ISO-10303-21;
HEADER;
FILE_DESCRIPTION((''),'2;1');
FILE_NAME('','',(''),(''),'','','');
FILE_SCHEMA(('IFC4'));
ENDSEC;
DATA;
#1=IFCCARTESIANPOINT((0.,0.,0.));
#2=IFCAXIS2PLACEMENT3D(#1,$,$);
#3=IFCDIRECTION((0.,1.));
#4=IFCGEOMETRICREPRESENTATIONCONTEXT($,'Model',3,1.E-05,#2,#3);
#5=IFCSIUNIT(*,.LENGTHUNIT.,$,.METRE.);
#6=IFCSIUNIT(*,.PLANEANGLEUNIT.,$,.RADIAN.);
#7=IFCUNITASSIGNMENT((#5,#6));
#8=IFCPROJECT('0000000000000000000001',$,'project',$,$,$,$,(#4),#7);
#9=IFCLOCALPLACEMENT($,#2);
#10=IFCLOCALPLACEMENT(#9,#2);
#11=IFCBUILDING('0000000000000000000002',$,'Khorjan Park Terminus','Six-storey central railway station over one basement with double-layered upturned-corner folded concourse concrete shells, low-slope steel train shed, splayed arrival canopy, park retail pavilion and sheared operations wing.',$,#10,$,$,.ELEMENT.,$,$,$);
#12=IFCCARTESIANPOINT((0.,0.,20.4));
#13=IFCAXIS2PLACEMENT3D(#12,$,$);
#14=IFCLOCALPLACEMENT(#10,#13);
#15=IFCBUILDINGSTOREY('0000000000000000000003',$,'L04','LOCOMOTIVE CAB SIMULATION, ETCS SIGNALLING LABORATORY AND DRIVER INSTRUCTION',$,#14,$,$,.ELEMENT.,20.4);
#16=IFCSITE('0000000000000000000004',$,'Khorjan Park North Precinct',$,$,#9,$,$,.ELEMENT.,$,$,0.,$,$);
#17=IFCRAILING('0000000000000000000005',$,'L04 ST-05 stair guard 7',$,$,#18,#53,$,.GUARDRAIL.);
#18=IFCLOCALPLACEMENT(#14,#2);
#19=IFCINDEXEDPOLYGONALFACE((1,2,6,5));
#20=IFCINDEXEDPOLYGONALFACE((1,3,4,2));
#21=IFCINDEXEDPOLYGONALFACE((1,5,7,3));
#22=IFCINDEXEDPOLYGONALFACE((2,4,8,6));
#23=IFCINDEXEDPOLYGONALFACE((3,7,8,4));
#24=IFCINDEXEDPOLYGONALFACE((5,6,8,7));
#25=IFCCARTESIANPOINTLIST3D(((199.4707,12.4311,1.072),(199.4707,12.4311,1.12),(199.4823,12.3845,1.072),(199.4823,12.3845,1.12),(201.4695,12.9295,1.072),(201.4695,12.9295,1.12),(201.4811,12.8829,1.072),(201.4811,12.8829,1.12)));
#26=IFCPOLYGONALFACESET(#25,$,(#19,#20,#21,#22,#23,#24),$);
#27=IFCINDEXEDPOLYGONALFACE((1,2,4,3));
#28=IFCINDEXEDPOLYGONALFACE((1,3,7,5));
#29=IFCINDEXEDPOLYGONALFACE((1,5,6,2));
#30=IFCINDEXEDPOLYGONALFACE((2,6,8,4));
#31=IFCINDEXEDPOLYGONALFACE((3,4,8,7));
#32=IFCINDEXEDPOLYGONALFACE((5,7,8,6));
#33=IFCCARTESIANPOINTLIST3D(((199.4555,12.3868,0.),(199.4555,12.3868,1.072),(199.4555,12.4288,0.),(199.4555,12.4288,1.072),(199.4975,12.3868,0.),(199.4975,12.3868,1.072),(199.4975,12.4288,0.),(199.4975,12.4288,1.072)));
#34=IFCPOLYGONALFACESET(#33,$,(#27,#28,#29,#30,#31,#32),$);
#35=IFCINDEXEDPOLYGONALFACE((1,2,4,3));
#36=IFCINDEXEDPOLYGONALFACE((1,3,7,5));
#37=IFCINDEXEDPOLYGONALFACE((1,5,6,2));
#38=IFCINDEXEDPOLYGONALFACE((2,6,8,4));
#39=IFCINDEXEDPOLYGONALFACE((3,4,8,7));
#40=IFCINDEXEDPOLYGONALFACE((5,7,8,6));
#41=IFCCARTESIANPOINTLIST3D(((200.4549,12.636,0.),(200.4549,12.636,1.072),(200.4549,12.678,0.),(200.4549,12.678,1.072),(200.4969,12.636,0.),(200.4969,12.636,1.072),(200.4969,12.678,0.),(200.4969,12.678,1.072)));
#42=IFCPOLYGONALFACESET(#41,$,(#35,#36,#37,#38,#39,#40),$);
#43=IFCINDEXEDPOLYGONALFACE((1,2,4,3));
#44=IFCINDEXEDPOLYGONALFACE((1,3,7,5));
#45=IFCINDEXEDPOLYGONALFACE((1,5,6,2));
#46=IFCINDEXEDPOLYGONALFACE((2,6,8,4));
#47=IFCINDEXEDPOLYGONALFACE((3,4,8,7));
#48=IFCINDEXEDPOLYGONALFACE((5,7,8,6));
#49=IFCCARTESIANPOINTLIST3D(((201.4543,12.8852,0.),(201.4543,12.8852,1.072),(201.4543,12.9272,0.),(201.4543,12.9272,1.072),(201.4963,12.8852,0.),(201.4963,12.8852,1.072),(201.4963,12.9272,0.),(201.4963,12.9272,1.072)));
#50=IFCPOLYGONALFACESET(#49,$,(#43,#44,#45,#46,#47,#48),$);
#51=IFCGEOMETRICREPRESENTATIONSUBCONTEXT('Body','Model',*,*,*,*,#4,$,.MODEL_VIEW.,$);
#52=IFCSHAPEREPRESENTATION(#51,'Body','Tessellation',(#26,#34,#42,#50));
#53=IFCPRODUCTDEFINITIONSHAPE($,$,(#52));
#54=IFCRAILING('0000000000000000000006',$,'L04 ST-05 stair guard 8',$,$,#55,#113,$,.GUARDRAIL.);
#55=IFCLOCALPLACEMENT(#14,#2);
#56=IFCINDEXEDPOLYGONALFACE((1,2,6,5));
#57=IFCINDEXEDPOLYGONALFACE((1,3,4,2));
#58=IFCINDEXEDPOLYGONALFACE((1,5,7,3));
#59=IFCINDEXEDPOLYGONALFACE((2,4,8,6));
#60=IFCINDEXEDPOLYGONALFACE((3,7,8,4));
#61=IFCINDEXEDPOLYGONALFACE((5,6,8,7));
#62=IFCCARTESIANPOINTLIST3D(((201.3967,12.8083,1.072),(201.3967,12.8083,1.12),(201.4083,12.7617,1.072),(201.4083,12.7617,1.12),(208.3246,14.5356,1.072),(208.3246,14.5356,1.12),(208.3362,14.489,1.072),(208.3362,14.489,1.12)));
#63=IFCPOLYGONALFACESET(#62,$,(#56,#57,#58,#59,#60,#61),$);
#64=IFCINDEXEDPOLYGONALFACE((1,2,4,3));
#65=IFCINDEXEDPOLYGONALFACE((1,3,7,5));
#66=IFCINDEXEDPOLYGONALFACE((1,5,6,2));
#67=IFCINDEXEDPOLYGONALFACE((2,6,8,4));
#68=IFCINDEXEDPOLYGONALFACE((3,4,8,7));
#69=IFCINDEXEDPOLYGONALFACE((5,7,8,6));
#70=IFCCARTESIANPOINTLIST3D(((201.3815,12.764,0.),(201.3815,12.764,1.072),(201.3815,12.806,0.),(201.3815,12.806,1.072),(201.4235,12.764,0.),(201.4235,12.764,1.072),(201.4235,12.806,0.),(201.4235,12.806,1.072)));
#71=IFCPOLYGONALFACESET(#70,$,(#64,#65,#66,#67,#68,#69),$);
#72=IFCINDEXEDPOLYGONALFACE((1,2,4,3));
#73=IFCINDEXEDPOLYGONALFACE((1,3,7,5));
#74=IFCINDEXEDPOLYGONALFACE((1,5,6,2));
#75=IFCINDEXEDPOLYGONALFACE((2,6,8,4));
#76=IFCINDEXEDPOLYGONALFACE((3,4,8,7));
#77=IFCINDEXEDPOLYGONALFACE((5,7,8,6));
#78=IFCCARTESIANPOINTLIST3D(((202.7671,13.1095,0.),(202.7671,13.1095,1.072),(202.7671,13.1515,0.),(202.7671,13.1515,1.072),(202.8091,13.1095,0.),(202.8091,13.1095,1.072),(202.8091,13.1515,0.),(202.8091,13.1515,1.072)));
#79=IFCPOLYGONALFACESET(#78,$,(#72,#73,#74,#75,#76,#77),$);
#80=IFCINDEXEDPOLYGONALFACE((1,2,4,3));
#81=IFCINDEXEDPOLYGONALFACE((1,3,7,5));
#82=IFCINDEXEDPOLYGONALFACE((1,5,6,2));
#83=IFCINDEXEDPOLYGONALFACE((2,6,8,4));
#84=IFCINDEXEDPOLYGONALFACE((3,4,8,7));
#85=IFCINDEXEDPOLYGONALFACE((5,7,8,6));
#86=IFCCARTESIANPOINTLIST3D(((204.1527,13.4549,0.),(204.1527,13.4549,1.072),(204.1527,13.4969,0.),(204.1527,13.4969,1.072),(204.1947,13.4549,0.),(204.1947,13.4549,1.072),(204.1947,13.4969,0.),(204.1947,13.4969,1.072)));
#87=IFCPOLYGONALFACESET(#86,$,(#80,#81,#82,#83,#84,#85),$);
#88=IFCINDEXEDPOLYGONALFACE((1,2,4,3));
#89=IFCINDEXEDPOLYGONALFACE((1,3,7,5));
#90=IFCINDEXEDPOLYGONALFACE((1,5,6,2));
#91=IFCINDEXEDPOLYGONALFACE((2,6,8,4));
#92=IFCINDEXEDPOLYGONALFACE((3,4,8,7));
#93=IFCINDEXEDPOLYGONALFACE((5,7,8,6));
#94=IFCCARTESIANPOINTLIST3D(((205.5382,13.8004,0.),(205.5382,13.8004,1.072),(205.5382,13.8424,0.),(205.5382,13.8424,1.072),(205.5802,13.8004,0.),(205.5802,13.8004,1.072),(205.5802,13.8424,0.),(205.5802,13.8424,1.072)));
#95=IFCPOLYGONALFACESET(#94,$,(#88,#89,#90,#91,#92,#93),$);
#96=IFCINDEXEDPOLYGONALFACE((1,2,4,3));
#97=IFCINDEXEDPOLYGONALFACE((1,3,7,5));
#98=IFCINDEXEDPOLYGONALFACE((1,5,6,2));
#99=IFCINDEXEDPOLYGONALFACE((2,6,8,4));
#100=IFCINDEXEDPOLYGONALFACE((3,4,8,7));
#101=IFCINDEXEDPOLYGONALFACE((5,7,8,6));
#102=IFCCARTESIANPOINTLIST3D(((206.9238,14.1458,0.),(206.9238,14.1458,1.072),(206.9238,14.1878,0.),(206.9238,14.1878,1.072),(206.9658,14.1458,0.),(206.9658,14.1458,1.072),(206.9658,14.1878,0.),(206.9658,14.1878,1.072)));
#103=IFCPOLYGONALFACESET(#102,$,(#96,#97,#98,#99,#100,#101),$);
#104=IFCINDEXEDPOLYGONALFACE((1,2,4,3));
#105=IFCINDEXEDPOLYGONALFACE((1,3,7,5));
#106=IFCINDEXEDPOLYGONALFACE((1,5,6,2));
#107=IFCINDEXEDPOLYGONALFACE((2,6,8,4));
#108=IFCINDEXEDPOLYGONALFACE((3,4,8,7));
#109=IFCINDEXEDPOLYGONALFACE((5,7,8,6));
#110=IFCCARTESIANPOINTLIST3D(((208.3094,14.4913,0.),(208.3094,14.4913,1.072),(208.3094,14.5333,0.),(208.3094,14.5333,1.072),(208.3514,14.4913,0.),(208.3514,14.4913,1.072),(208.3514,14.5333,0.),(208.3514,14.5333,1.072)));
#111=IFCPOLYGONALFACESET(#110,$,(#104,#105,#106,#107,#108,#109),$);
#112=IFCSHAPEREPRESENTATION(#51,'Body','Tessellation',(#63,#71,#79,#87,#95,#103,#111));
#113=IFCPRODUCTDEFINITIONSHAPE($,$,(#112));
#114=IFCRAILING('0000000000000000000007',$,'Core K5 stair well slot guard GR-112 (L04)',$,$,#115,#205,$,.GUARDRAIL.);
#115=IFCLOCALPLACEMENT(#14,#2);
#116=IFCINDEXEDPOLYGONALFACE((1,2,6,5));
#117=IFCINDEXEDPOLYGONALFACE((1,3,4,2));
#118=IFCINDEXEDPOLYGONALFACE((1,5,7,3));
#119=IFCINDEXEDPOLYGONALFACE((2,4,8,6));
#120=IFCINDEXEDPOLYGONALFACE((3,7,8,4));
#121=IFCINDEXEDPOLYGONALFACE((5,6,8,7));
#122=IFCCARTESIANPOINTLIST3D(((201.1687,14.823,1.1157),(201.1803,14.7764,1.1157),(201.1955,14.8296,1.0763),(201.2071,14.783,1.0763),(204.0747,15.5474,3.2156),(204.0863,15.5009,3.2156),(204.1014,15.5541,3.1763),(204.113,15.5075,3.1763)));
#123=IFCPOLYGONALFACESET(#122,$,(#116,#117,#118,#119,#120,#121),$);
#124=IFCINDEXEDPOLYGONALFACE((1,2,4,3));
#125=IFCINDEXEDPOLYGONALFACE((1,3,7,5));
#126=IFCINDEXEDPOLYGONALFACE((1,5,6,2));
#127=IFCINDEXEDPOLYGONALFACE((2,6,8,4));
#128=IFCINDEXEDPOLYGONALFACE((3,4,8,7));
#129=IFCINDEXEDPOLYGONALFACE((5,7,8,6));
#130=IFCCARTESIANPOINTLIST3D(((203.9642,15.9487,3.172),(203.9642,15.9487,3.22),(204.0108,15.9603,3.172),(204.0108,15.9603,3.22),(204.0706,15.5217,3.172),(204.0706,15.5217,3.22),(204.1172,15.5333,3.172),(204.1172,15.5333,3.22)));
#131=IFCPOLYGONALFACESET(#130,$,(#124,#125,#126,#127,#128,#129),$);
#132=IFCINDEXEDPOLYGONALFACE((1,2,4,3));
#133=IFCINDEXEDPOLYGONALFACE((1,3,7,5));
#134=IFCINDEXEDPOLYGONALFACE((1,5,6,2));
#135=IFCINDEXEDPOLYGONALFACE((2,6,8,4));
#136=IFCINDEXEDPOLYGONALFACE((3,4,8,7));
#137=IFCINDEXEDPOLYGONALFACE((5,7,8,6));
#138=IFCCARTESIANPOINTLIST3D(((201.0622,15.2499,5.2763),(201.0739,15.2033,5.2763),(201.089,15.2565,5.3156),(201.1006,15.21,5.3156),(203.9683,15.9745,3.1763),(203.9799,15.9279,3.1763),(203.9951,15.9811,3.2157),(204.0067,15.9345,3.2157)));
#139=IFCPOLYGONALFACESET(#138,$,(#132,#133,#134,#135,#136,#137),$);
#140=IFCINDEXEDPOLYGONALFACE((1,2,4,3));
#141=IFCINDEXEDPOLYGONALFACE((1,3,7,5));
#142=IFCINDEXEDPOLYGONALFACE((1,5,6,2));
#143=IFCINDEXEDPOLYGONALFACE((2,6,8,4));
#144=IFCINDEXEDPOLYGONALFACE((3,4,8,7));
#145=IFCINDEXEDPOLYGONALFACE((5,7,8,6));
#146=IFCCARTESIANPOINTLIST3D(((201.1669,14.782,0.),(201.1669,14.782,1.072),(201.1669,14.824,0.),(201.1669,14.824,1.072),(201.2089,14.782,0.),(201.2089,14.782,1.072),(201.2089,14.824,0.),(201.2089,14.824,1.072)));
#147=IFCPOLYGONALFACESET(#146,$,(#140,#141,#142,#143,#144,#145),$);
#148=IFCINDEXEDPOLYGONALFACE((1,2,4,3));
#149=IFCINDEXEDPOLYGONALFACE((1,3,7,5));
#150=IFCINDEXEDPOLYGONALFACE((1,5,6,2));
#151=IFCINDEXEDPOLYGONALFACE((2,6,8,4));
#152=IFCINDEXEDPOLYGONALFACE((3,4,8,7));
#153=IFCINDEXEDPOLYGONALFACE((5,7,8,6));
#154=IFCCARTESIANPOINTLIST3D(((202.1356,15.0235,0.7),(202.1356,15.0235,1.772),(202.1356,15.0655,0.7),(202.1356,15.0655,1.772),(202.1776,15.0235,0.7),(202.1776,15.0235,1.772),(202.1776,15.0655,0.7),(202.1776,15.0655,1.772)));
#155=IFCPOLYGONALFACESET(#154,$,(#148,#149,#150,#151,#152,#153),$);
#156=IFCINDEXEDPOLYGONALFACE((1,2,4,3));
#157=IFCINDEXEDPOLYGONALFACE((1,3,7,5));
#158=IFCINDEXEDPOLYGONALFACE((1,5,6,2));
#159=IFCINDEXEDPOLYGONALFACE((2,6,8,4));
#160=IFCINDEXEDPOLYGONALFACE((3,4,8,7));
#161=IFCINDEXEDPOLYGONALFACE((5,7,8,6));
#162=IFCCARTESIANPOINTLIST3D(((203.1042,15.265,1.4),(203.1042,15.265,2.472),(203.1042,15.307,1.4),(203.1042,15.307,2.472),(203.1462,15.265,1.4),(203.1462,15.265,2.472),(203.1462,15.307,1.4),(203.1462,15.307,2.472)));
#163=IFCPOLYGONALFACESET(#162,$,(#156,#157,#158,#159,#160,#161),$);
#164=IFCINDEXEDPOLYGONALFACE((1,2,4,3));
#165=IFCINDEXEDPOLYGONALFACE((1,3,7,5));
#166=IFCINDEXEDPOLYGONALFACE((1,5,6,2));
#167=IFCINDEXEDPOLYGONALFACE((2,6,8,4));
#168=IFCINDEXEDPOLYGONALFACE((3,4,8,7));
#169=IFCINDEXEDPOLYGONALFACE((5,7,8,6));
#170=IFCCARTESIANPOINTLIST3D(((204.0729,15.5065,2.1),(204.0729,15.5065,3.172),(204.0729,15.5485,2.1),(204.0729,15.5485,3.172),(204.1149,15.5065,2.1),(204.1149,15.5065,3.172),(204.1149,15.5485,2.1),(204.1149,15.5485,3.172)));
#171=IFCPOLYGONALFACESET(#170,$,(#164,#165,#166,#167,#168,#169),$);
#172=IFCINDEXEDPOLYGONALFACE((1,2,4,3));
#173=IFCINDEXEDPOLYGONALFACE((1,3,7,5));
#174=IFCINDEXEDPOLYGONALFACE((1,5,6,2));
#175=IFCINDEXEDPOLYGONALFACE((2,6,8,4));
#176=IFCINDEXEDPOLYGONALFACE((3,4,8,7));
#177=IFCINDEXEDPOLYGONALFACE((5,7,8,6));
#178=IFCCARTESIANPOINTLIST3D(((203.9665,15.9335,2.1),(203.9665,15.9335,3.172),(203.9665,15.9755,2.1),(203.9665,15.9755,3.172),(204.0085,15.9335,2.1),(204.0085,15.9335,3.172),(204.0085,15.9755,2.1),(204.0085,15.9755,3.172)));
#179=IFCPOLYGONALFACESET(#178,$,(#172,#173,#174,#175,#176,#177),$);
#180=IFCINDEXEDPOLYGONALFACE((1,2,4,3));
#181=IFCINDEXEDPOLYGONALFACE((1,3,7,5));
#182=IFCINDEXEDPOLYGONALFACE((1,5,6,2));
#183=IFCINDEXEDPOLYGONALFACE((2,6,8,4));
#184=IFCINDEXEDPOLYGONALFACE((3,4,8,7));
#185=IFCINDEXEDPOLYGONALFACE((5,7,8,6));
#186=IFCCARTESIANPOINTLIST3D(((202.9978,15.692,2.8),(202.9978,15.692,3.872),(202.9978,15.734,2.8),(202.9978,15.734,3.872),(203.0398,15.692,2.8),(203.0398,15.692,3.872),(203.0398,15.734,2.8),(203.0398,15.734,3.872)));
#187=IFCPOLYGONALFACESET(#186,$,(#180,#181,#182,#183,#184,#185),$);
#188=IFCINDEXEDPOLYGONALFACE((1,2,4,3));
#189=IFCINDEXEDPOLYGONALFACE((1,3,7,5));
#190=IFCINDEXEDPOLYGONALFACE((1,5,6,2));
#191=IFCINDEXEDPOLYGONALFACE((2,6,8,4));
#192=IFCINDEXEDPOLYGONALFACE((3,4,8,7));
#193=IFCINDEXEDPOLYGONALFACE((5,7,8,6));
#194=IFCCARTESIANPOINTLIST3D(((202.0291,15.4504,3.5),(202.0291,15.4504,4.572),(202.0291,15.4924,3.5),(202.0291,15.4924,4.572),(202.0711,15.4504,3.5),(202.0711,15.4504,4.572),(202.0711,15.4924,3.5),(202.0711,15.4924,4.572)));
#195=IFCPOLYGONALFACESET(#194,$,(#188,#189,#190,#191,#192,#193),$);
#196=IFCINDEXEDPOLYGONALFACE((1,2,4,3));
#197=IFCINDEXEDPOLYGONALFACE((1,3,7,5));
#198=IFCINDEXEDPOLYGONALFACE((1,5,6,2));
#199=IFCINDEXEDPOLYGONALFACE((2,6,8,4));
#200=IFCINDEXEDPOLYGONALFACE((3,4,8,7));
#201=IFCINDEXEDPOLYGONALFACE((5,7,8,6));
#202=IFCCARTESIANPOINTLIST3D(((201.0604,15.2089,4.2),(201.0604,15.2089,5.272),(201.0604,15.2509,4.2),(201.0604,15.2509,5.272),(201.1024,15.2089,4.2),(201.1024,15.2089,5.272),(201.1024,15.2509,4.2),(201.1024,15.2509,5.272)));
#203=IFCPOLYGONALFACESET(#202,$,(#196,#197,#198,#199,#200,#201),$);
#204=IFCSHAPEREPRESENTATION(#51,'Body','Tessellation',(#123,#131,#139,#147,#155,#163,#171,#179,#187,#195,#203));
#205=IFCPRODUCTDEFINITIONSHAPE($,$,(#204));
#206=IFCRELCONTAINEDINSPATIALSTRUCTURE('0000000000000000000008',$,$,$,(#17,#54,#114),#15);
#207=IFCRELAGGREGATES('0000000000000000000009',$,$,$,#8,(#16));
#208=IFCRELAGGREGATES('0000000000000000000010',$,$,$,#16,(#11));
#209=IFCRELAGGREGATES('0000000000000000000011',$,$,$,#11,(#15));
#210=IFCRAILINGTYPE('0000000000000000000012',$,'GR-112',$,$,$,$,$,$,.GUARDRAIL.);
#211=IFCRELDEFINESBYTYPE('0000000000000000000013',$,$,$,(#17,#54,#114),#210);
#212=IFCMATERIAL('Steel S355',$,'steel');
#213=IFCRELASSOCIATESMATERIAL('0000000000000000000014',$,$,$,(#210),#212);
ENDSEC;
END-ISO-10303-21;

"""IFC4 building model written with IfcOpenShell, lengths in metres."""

from ifc_helpers import new_model, si_unit, direction, frame, origin, origin_2d, place, context, subcontext, project, spatial, rectangle, extrude, material, type_object, element, save


model = new_model("IFC4")

# Units and contexts
model_context = context("Model", 3, precision=1e-05, world=origin(), true_north=direction((0.0, 1.0)))
body_context = subcontext(model_context, "Body", "Model", "MODEL_VIEW")
ifc_project = project(units=[si_unit("LENGTHUNIT", "METRE"), si_unit("PLANEANGLEUNIT", "RADIAN")], contexts=[model_context])

# Site, building, storey
site_placement = place(None, origin())
site = spatial("IfcSite", under=ifc_project, at=site_placement, Name="Khorjan Park North Precinct", CompositionType="ELEMENT", RefElevation=0.0)
building_placement = place(site_placement, origin())
building = spatial("IfcBuilding", under=site, at=building_placement, Name="Khorjan Park Terminus", Description="Six-storey central railway station over one basement with double-layered upturned-corner folded concourse concrete shells, low-slope steel train shed, splayed arrival canopy, park retail pavilion and sheared operations wing.", CompositionType="ELEMENT")
storey_placement = place(building_placement, frame((0.0, 0.0, 20.4)))
storey = spatial("IfcBuildingStorey", under=building, at=storey_placement, Name="L04", Description="LOCOMOTIVE CAB SIMULATION, ETCS SIGNALLING LABORATORY AND DRIVER INSTRUCTION", CompositionType="ELEMENT", Elevation=20.4)

# Railings
ifc_material_1 = material(Name="Steel S355", Category="steel")
railing_type_1 = type_object("IfcRailingType", Name="GR-112", PredefinedType="GUARDRAIL", material=ifc_material_1)
railing_1_placement = place(storey_placement, frame((199.4765, 12.4078, 0.0)))
element("IfcRailing", 1, at=railing_1_placement, inside=storey, type_object=railing_type_1, Name="L04 ST-05 stair guard 7", PredefinedType="GUARDRAIL", context=body_context, shape_type="SweptSolid", body=[
    extrude(rectangle(XDim=0.048, YDim=0.048, at=origin_2d()), frame((0.0, 0.0, 1.096), z_axis=(0.970291, 0.241942, 0.0), x_axis=(-0.241942, 0.970291, 0.0)), (0.0, 0.0, 1.0), 2.06),
    extrude(rectangle(XDim=0.042, YDim=0.042, at=origin_2d()), origin(), (0.0, 0.0, 1.0), 1.072),
    extrude(rectangle(XDim=0.042, YDim=0.042, at=origin_2d()), frame((0.9994, 0.2492, 0.0)), (0.0, 0.0, 1.0), 1.072),
    extrude(rectangle(XDim=0.042, YDim=0.042, at=origin_2d()), frame((1.9988, 0.4984, 0.0)), (0.0, 0.0, 1.0), 1.072),
])
railing_2_placement = place(storey_placement, frame((201.4025, 12.785, 0.0)))
element("IfcRailing", 2, at=railing_2_placement, inside=storey, type_object=railing_type_1, Name="L04 ST-05 stair guard 8", PredefinedType="GUARDRAIL", context=body_context, shape_type="SweptSolid", body=[
    extrude(rectangle(XDim=0.048, YDim=0.048, at=origin_2d()), frame((0.0, 0.0, 1.096), z_axis=(0.970296, 0.241919, 0.0), x_axis=(-0.241919, 0.970296, 0.0)), (0.0, 0.0, 1.0), 7.14),
    extrude(rectangle(XDim=0.042, YDim=0.042, at=origin_2d()), origin(), (0.0, 0.0, 1.0), 1.072),
    extrude(rectangle(XDim=0.042, YDim=0.042, at=origin_2d()), frame((1.3856, 0.3455, 0.0)), (0.0, 0.0, 1.0), 1.072),
    extrude(rectangle(XDim=0.042, YDim=0.042, at=origin_2d()), frame((2.7712, 0.6909, 0.0)), (0.0, 0.0, 1.0), 1.072),
    extrude(rectangle(XDim=0.042, YDim=0.042, at=origin_2d()), frame((4.1567, 1.0364, 0.0)), (0.0, 0.0, 1.0), 1.072),
    extrude(rectangle(XDim=0.042, YDim=0.042, at=origin_2d()), frame((5.5423, 1.3818, 0.0)), (0.0, 0.0, 1.0), 1.072),
    extrude(rectangle(XDim=0.042, YDim=0.042, at=origin_2d()), frame((6.9279, 1.7273, 0.0)), (0.0, 0.0, 1.0), 1.072),
])
railing_3_placement = place(storey_placement, frame((201.1879, 14.803, 0.0)))
element("IfcRailing", 3, at=railing_3_placement, inside=storey, type_object=railing_type_1, Name="Core K5 stair well slot guard GR-112 (L04)", PredefinedType="GUARDRAIL", context=body_context, shape_type="SweptSolid", body=[
    extrude(rectangle(XDim=0.048, YDim=0.048, at=origin_2d()), frame((0.0, 0.0, 1.096), z_axis=(0.79446, 0.198068, 0.574111), x_axis=(-0.241907, 0.970299, 0.0)), (0.0, 0.0, 1.0), 3.6578),
    extrude(rectangle(XDim=0.048, YDim=0.048, at=origin_2d()), frame((2.906, 0.7245, 3.196), z_axis=(-0.241787, 0.970329, 0.0), x_axis=(-0.970329, -0.241787, 0.0)), (0.0, 0.0, 1.0), 0.4401),
    extrude(rectangle(XDim=0.048, YDim=0.048, at=origin_2d()), frame((2.7996, 1.1515, 3.196), z_axis=(-0.794465, -0.19809, 0.574095), x_axis=(0.241931, -0.970294, 0.0)), (0.0, 0.0, 1.0), 3.6579),
    extrude(rectangle(XDim=0.042, YDim=0.042, at=origin_2d()), origin(), (0.0, 0.0, 1.0), 1.072),
    extrude(rectangle(XDim=0.042, YDim=0.042, at=origin_2d()), frame((0.9687, 0.2415, 0.7)), (0.0, 0.0, 1.0), 1.072),
    extrude(rectangle(XDim=0.042, YDim=0.042, at=origin_2d()), frame((1.9373, 0.483, 1.4)), (0.0, 0.0, 1.0), 1.072),
    extrude(rectangle(XDim=0.042, YDim=0.042, at=origin_2d()), frame((2.906, 0.7245, 2.1)), (0.0, 0.0, 1.0), 1.072),
    extrude(rectangle(XDim=0.042, YDim=0.042, at=origin_2d()), frame((2.7996, 1.1515, 2.1)), (0.0, 0.0, 1.0), 1.072),
    extrude(rectangle(XDim=0.042, YDim=0.042, at=origin_2d()), frame((1.8309, 0.91, 2.8)), (0.0, 0.0, 1.0), 1.072),
    extrude(rectangle(XDim=0.042, YDim=0.042, at=origin_2d()), frame((0.8622, 0.6684, 3.5)), (0.0, 0.0, 1.0), 1.072),
    extrude(rectangle(XDim=0.042, YDim=0.042, at=origin_2d()), frame((-0.1065, 0.4269, 4.2)), (0.0, 0.0, 1.0), 1.072),
])

save(model, "model.ifc")
